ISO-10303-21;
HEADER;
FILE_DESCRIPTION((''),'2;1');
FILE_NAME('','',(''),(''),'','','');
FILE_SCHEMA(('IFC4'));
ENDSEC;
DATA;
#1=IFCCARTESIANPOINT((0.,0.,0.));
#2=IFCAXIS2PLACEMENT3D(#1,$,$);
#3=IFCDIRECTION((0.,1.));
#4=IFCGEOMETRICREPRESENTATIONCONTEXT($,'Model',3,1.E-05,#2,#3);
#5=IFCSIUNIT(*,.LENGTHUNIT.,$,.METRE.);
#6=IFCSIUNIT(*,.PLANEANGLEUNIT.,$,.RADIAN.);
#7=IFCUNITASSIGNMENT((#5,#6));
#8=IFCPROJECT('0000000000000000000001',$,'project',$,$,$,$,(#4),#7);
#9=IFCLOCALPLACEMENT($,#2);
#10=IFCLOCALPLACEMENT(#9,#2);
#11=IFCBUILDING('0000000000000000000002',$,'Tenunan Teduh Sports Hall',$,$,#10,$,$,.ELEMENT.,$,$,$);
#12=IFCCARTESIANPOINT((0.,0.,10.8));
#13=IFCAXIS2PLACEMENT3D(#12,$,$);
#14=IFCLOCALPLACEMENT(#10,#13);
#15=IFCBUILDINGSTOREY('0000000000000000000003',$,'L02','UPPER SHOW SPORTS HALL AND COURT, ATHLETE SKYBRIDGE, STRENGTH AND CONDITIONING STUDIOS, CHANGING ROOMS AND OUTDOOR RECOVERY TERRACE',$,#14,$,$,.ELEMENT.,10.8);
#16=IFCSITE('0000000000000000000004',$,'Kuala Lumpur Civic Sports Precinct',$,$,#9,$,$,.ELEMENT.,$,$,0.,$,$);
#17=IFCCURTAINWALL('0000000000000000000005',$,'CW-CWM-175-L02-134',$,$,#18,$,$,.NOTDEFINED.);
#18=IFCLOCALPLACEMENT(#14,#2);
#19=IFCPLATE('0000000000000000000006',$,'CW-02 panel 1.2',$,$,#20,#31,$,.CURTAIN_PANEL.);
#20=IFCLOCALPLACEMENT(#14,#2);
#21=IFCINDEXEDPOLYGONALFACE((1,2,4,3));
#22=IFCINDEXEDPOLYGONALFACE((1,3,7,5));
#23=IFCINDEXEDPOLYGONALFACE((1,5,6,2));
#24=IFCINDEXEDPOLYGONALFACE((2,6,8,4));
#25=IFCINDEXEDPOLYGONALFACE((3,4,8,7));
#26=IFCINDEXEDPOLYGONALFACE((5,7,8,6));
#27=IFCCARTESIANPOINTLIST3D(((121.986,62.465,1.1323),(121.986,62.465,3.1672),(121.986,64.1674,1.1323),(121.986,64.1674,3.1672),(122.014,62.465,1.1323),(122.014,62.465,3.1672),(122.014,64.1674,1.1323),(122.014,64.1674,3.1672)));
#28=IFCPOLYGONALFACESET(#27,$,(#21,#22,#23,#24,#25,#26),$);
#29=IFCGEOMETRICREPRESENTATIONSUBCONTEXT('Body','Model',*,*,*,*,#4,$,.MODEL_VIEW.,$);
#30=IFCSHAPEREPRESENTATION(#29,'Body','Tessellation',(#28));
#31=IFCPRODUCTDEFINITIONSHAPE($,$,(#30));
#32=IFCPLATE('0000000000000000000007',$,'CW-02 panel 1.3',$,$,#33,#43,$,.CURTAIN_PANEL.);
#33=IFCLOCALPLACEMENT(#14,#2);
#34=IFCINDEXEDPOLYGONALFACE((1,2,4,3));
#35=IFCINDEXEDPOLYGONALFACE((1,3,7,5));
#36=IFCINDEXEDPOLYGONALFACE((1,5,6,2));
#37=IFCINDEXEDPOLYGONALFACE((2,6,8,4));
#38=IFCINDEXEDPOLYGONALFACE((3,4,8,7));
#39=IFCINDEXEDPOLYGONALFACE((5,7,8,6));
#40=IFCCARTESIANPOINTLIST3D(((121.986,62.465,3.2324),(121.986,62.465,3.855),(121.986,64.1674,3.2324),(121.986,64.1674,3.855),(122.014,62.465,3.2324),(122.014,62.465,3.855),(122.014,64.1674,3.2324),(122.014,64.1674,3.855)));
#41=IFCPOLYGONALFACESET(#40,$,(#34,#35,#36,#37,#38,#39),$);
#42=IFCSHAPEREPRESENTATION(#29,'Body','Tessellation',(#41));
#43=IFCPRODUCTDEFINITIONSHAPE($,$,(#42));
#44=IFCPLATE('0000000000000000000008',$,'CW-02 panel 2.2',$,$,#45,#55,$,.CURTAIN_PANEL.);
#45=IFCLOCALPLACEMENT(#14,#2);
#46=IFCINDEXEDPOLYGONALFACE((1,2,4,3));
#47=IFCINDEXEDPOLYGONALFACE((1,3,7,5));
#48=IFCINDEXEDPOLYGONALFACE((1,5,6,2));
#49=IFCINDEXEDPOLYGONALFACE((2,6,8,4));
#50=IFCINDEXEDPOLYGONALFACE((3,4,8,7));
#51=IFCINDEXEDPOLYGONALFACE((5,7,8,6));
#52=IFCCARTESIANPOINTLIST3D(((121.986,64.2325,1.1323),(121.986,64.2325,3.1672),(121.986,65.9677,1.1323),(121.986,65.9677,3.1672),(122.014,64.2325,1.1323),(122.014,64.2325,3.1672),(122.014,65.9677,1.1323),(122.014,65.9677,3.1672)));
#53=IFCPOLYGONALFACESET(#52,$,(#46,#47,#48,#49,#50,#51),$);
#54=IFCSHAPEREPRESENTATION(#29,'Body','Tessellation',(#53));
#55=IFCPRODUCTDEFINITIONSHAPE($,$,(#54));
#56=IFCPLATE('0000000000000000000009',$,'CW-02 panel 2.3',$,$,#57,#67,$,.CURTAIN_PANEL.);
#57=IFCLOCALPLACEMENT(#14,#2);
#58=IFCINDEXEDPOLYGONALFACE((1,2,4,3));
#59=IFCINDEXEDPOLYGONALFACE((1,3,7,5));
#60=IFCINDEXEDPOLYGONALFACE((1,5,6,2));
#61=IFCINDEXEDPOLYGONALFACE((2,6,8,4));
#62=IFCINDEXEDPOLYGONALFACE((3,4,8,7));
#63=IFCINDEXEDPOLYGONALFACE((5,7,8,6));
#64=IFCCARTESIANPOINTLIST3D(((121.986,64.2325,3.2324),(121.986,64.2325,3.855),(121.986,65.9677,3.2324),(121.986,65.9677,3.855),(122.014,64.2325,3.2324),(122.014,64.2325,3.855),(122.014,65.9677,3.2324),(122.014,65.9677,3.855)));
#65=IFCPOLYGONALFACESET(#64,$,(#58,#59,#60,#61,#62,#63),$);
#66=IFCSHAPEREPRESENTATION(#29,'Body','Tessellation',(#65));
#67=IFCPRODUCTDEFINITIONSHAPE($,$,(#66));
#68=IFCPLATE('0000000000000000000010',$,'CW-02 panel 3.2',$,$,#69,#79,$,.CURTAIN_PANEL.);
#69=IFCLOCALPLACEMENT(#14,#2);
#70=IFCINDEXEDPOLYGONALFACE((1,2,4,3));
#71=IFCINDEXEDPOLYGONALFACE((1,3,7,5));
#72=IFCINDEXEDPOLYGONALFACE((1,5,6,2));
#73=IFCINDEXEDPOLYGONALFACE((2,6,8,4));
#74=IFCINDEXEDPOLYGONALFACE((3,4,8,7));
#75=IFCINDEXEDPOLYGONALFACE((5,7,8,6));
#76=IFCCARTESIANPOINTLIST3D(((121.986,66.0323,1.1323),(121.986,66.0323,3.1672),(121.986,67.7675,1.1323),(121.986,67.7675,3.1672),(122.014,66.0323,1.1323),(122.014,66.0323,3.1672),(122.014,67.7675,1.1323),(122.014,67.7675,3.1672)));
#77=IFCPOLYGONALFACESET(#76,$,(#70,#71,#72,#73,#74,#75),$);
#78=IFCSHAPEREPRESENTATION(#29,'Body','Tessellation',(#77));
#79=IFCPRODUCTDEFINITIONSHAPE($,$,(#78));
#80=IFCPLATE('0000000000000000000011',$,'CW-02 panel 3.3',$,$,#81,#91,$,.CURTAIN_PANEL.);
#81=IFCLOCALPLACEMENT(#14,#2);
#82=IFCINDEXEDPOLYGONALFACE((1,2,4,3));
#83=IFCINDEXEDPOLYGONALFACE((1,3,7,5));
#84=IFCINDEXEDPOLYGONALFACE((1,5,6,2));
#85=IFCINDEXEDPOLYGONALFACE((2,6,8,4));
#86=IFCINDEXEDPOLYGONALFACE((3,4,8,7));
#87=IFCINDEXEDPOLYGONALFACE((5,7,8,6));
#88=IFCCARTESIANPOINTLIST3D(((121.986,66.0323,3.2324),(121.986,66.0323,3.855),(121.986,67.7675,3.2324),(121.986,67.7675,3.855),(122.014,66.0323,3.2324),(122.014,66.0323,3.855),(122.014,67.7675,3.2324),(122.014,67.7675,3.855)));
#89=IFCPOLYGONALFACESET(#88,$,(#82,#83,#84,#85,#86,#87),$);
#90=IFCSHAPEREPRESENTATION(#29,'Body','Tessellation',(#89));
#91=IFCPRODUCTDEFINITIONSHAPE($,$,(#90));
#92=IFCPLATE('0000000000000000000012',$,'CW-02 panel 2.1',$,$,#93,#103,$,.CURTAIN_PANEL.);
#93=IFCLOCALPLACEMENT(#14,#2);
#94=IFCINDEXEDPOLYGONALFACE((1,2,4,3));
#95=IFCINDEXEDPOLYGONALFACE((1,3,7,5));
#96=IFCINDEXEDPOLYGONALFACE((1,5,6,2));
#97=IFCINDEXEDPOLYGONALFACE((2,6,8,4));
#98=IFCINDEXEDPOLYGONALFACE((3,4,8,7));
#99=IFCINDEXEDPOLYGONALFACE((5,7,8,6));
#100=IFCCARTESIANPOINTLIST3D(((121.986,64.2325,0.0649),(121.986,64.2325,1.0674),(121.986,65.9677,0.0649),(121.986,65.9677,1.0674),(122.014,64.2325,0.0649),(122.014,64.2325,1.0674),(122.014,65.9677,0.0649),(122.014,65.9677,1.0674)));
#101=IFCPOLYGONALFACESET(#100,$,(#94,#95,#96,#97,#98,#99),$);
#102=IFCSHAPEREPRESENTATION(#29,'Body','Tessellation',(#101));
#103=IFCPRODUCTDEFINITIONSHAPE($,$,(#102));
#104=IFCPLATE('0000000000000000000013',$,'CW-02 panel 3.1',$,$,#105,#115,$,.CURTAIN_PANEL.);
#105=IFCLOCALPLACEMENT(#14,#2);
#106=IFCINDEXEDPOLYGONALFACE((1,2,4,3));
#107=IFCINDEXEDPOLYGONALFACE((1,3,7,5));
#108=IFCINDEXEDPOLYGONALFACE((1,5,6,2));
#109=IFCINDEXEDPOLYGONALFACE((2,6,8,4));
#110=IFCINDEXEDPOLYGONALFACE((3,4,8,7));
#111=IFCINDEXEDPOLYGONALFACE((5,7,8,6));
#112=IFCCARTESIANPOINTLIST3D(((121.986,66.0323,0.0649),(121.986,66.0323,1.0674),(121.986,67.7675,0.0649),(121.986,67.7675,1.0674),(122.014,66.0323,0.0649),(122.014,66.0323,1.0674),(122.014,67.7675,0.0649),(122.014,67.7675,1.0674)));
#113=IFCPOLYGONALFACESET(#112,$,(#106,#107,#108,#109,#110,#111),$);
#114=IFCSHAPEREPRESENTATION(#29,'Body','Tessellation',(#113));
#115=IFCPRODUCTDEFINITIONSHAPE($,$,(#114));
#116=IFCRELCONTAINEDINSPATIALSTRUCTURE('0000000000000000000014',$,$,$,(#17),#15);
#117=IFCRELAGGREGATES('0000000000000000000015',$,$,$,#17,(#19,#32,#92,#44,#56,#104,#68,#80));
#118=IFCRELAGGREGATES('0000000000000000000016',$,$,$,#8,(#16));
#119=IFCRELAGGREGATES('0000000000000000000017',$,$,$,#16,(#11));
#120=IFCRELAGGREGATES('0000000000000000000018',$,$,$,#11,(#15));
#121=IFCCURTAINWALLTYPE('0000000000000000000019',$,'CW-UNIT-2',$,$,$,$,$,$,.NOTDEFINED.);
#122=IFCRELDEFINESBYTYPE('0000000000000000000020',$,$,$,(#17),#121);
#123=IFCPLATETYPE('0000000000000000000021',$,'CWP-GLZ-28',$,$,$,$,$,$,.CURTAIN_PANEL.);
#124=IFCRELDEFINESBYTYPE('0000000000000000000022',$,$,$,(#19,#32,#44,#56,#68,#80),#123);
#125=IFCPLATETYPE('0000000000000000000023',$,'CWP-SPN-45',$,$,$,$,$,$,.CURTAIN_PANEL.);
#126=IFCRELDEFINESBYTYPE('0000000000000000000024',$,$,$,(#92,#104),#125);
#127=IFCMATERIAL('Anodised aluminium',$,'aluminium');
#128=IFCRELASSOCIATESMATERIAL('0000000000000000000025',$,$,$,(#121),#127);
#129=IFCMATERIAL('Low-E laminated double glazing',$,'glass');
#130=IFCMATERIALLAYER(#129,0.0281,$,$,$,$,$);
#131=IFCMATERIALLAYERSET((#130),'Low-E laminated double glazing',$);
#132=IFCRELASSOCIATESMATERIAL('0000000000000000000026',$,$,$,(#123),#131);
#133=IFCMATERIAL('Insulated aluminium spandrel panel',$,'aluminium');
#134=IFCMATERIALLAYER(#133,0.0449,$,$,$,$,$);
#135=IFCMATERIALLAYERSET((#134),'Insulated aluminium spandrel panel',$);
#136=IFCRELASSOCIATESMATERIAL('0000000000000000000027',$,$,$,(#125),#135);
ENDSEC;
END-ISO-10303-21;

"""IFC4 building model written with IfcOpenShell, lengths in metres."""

from ifc_helpers import new_model, si_unit, direction, frame, origin, origin_2d, place, context, subcontext, project, spatial, rectangle, extrude, material, layer, layer_set, type_object, element, aggregate, save


model = new_model("IFC4")

# Units and contexts
model_context = context("Model", 3, precision=1e-05, world=origin(), true_north=direction((0.0, 1.0)))
body_context = subcontext(model_context, "Body", "Model", "MODEL_VIEW")
ifc_project = project(units=[si_unit("LENGTHUNIT", "METRE"), si_unit("PLANEANGLEUNIT", "RADIAN")], contexts=[model_context])

# Site, building, storey
site_placement = place(None, origin())
site = spatial("IfcSite", under=ifc_project, at=site_placement, Name="Kuala Lumpur Civic Sports Precinct", CompositionType="ELEMENT", RefElevation=0.0)
building_placement = place(site_placement, origin())
building = spatial("IfcBuilding", under=site, at=building_placement, Name="Tenunan Teduh Sports Hall", CompositionType="ELEMENT")
storey_placement = place(building_placement, frame((0.0, 0.0, 10.8)))
storey = spatial("IfcBuildingStorey", under=building, at=storey_placement, Name="L02", Description="UPPER SHOW SPORTS HALL AND COURT, ATHLETE SKYBRIDGE, STRENGTH AND CONDITIONING STUDIOS, CHANGING ROOMS AND OUTDOOR RECOVERY TERRACE", CompositionType="ELEMENT", Elevation=10.8)

# Curtain wall, plates
ifc_material_1 = material(Name="Anodised aluminium", Category="aluminium")
curtain_wall_type = type_object("IfcCurtainWallType", Name="CW-UNIT-2", PredefinedType="NOTDEFINED", material=ifc_material_1)
curtain_wall_placement = place(storey_placement, origin())
curtain_wall = element("IfcCurtainWall", 1, at=curtain_wall_placement, inside=storey, type_object=curtain_wall_type, Name="CW-CWM-175-L02-134", PredefinedType="NOTDEFINED")
ifc_material_2 = material(Name="Low-E laminated double glazing", Category="glass")
ifc_layer_1 = layer(ifc_material_2, 0.0281)
ifc_layer_set_1 = layer_set([ifc_layer_1], Name="Low-E laminated double glazing")
plate_type_1 = type_object("IfcPlateType", Name="CWP-GLZ-28", PredefinedType="CURTAIN_PANEL", material=ifc_layer_set_1)
plate_1_placement = place(storey_placement, frame((122.0, 63.3162, 1.1323), z_axis=(0.0, 0.0, 1.0), x_axis=(0.0, 1.0, 0.0)))
plate_1 = element("IfcPlate", 2, at=plate_1_placement, type_object=plate_type_1, Name="CW-02 panel 1.2", PredefinedType="CURTAIN_PANEL", context=body_context, shape_type="SweptSolid", body=[
    extrude(rectangle(XDim=1.7024, YDim=0.0281, at=origin_2d()), origin(), (0.0, 0.0, 1.0), 2.0349),
])
plate_2_placement = place(storey_placement, frame((122.0, 63.3162, 3.2324), z_axis=(0.0, 0.0, 1.0), x_axis=(0.0, 1.0, 0.0)))
plate_2 = element("IfcPlate", 3, at=plate_2_placement, type_object=plate_type_1, Name="CW-02 panel 1.3", PredefinedType="CURTAIN_PANEL", context=body_context, shape_type="SweptSolid", body=[
    extrude(rectangle(XDim=1.7024, YDim=0.0281, at=origin_2d()), origin(), (0.0, 0.0, 1.0), 0.6226),
])
plate_3_placement = place(storey_placement, frame((122.0, 65.1001, 1.1323), z_axis=(0.0, 0.0, 1.0), x_axis=(0.0, 1.0, 0.0)))
plate_3 = element("IfcPlate", 4, at=plate_3_placement, type_object=plate_type_1, Name="CW-02 panel 2.2", PredefinedType="CURTAIN_PANEL", context=body_context, shape_type="SweptSolid", body=[
    extrude(rectangle(XDim=1.7351, YDim=0.0281, at=origin_2d()), origin(), (0.0, 0.0, 1.0), 2.0349),
])
plate_4_placement = place(storey_placement, frame((122.0, 65.1001, 3.2324), z_axis=(0.0, 0.0, 1.0), x_axis=(0.0, 1.0, 0.0)))
plate_4 = element("IfcPlate", 5, at=plate_4_placement, type_object=plate_type_1, Name="CW-02 panel 2.3", PredefinedType="CURTAIN_PANEL", context=body_context, shape_type="SweptSolid", body=[
    extrude(rectangle(XDim=1.7351, YDim=0.0281, at=origin_2d()), origin(), (0.0, 0.0, 1.0), 0.6226),
])
plate_5_placement = place(storey_placement, frame((122.0, 66.8999, 1.1323), z_axis=(0.0, 0.0, 1.0), x_axis=(0.0, 1.0, 0.0)))
plate_5 = element("IfcPlate", 6, at=plate_5_placement, type_object=plate_type_1, Name="CW-02 panel 3.2", PredefinedType="CURTAIN_PANEL", context=body_context, shape_type="SweptSolid", body=[
    extrude(rectangle(XDim=1.7351, YDim=0.0281, at=origin_2d()), origin(), (0.0, 0.0, 1.0), 2.0349),
])
plate_6_placement = place(storey_placement, frame((122.0, 66.8999, 3.2324), z_axis=(0.0, 0.0, 1.0), x_axis=(0.0, 1.0, 0.0)))
plate_6 = element("IfcPlate", 7, at=plate_6_placement, type_object=plate_type_1, Name="CW-02 panel 3.3", PredefinedType="CURTAIN_PANEL", context=body_context, shape_type="SweptSolid", body=[
    extrude(rectangle(XDim=1.7351, YDim=0.0281, at=origin_2d()), origin(), (0.0, 0.0, 1.0), 0.6226),
])
ifc_material_3 = material(Name="Insulated aluminium spandrel panel", Category="aluminium")
ifc_layer_2 = layer(ifc_material_3, 0.0449)
ifc_layer_set_2 = layer_set([ifc_layer_2], Name="Insulated aluminium spandrel panel")
plate_type_2 = type_object("IfcPlateType", Name="CWP-SPN-45", PredefinedType="CURTAIN_PANEL", material=ifc_layer_set_2)
plate_7_placement = place(storey_placement, frame((122.0, 65.1001, 0.0649), z_axis=(0.0, 0.0, 1.0), x_axis=(0.0, 1.0, 0.0)))
plate_7 = element("IfcPlate", 8, at=plate_7_placement, type_object=plate_type_2, Name="CW-02 panel 2.1", PredefinedType="CURTAIN_PANEL", context=body_context, shape_type="SweptSolid", body=[
    extrude(rectangle(XDim=1.7351, YDim=0.0281, at=origin_2d()), origin(), (0.0, 0.0, 1.0), 1.0024),
])
plate_8_placement = place(storey_placement, frame((122.0, 66.8999, 0.0649), z_axis=(0.0, 0.0, 1.0), x_axis=(0.0, 1.0, 0.0)))
plate_8 = element("IfcPlate", 9, at=plate_8_placement, type_object=plate_type_2, Name="CW-02 panel 3.1", PredefinedType="CURTAIN_PANEL", context=body_context, shape_type="SweptSolid", body=[
    extrude(rectangle(XDim=1.7351, YDim=0.0281, at=origin_2d()), origin(), (0.0, 0.0, 1.0), 1.0024),
])
aggregate(curtain_wall, [plate_1, plate_2, plate_7, plate_3, plate_4, plate_8, plate_5, plate_6])

save(model, "model.ifc")
